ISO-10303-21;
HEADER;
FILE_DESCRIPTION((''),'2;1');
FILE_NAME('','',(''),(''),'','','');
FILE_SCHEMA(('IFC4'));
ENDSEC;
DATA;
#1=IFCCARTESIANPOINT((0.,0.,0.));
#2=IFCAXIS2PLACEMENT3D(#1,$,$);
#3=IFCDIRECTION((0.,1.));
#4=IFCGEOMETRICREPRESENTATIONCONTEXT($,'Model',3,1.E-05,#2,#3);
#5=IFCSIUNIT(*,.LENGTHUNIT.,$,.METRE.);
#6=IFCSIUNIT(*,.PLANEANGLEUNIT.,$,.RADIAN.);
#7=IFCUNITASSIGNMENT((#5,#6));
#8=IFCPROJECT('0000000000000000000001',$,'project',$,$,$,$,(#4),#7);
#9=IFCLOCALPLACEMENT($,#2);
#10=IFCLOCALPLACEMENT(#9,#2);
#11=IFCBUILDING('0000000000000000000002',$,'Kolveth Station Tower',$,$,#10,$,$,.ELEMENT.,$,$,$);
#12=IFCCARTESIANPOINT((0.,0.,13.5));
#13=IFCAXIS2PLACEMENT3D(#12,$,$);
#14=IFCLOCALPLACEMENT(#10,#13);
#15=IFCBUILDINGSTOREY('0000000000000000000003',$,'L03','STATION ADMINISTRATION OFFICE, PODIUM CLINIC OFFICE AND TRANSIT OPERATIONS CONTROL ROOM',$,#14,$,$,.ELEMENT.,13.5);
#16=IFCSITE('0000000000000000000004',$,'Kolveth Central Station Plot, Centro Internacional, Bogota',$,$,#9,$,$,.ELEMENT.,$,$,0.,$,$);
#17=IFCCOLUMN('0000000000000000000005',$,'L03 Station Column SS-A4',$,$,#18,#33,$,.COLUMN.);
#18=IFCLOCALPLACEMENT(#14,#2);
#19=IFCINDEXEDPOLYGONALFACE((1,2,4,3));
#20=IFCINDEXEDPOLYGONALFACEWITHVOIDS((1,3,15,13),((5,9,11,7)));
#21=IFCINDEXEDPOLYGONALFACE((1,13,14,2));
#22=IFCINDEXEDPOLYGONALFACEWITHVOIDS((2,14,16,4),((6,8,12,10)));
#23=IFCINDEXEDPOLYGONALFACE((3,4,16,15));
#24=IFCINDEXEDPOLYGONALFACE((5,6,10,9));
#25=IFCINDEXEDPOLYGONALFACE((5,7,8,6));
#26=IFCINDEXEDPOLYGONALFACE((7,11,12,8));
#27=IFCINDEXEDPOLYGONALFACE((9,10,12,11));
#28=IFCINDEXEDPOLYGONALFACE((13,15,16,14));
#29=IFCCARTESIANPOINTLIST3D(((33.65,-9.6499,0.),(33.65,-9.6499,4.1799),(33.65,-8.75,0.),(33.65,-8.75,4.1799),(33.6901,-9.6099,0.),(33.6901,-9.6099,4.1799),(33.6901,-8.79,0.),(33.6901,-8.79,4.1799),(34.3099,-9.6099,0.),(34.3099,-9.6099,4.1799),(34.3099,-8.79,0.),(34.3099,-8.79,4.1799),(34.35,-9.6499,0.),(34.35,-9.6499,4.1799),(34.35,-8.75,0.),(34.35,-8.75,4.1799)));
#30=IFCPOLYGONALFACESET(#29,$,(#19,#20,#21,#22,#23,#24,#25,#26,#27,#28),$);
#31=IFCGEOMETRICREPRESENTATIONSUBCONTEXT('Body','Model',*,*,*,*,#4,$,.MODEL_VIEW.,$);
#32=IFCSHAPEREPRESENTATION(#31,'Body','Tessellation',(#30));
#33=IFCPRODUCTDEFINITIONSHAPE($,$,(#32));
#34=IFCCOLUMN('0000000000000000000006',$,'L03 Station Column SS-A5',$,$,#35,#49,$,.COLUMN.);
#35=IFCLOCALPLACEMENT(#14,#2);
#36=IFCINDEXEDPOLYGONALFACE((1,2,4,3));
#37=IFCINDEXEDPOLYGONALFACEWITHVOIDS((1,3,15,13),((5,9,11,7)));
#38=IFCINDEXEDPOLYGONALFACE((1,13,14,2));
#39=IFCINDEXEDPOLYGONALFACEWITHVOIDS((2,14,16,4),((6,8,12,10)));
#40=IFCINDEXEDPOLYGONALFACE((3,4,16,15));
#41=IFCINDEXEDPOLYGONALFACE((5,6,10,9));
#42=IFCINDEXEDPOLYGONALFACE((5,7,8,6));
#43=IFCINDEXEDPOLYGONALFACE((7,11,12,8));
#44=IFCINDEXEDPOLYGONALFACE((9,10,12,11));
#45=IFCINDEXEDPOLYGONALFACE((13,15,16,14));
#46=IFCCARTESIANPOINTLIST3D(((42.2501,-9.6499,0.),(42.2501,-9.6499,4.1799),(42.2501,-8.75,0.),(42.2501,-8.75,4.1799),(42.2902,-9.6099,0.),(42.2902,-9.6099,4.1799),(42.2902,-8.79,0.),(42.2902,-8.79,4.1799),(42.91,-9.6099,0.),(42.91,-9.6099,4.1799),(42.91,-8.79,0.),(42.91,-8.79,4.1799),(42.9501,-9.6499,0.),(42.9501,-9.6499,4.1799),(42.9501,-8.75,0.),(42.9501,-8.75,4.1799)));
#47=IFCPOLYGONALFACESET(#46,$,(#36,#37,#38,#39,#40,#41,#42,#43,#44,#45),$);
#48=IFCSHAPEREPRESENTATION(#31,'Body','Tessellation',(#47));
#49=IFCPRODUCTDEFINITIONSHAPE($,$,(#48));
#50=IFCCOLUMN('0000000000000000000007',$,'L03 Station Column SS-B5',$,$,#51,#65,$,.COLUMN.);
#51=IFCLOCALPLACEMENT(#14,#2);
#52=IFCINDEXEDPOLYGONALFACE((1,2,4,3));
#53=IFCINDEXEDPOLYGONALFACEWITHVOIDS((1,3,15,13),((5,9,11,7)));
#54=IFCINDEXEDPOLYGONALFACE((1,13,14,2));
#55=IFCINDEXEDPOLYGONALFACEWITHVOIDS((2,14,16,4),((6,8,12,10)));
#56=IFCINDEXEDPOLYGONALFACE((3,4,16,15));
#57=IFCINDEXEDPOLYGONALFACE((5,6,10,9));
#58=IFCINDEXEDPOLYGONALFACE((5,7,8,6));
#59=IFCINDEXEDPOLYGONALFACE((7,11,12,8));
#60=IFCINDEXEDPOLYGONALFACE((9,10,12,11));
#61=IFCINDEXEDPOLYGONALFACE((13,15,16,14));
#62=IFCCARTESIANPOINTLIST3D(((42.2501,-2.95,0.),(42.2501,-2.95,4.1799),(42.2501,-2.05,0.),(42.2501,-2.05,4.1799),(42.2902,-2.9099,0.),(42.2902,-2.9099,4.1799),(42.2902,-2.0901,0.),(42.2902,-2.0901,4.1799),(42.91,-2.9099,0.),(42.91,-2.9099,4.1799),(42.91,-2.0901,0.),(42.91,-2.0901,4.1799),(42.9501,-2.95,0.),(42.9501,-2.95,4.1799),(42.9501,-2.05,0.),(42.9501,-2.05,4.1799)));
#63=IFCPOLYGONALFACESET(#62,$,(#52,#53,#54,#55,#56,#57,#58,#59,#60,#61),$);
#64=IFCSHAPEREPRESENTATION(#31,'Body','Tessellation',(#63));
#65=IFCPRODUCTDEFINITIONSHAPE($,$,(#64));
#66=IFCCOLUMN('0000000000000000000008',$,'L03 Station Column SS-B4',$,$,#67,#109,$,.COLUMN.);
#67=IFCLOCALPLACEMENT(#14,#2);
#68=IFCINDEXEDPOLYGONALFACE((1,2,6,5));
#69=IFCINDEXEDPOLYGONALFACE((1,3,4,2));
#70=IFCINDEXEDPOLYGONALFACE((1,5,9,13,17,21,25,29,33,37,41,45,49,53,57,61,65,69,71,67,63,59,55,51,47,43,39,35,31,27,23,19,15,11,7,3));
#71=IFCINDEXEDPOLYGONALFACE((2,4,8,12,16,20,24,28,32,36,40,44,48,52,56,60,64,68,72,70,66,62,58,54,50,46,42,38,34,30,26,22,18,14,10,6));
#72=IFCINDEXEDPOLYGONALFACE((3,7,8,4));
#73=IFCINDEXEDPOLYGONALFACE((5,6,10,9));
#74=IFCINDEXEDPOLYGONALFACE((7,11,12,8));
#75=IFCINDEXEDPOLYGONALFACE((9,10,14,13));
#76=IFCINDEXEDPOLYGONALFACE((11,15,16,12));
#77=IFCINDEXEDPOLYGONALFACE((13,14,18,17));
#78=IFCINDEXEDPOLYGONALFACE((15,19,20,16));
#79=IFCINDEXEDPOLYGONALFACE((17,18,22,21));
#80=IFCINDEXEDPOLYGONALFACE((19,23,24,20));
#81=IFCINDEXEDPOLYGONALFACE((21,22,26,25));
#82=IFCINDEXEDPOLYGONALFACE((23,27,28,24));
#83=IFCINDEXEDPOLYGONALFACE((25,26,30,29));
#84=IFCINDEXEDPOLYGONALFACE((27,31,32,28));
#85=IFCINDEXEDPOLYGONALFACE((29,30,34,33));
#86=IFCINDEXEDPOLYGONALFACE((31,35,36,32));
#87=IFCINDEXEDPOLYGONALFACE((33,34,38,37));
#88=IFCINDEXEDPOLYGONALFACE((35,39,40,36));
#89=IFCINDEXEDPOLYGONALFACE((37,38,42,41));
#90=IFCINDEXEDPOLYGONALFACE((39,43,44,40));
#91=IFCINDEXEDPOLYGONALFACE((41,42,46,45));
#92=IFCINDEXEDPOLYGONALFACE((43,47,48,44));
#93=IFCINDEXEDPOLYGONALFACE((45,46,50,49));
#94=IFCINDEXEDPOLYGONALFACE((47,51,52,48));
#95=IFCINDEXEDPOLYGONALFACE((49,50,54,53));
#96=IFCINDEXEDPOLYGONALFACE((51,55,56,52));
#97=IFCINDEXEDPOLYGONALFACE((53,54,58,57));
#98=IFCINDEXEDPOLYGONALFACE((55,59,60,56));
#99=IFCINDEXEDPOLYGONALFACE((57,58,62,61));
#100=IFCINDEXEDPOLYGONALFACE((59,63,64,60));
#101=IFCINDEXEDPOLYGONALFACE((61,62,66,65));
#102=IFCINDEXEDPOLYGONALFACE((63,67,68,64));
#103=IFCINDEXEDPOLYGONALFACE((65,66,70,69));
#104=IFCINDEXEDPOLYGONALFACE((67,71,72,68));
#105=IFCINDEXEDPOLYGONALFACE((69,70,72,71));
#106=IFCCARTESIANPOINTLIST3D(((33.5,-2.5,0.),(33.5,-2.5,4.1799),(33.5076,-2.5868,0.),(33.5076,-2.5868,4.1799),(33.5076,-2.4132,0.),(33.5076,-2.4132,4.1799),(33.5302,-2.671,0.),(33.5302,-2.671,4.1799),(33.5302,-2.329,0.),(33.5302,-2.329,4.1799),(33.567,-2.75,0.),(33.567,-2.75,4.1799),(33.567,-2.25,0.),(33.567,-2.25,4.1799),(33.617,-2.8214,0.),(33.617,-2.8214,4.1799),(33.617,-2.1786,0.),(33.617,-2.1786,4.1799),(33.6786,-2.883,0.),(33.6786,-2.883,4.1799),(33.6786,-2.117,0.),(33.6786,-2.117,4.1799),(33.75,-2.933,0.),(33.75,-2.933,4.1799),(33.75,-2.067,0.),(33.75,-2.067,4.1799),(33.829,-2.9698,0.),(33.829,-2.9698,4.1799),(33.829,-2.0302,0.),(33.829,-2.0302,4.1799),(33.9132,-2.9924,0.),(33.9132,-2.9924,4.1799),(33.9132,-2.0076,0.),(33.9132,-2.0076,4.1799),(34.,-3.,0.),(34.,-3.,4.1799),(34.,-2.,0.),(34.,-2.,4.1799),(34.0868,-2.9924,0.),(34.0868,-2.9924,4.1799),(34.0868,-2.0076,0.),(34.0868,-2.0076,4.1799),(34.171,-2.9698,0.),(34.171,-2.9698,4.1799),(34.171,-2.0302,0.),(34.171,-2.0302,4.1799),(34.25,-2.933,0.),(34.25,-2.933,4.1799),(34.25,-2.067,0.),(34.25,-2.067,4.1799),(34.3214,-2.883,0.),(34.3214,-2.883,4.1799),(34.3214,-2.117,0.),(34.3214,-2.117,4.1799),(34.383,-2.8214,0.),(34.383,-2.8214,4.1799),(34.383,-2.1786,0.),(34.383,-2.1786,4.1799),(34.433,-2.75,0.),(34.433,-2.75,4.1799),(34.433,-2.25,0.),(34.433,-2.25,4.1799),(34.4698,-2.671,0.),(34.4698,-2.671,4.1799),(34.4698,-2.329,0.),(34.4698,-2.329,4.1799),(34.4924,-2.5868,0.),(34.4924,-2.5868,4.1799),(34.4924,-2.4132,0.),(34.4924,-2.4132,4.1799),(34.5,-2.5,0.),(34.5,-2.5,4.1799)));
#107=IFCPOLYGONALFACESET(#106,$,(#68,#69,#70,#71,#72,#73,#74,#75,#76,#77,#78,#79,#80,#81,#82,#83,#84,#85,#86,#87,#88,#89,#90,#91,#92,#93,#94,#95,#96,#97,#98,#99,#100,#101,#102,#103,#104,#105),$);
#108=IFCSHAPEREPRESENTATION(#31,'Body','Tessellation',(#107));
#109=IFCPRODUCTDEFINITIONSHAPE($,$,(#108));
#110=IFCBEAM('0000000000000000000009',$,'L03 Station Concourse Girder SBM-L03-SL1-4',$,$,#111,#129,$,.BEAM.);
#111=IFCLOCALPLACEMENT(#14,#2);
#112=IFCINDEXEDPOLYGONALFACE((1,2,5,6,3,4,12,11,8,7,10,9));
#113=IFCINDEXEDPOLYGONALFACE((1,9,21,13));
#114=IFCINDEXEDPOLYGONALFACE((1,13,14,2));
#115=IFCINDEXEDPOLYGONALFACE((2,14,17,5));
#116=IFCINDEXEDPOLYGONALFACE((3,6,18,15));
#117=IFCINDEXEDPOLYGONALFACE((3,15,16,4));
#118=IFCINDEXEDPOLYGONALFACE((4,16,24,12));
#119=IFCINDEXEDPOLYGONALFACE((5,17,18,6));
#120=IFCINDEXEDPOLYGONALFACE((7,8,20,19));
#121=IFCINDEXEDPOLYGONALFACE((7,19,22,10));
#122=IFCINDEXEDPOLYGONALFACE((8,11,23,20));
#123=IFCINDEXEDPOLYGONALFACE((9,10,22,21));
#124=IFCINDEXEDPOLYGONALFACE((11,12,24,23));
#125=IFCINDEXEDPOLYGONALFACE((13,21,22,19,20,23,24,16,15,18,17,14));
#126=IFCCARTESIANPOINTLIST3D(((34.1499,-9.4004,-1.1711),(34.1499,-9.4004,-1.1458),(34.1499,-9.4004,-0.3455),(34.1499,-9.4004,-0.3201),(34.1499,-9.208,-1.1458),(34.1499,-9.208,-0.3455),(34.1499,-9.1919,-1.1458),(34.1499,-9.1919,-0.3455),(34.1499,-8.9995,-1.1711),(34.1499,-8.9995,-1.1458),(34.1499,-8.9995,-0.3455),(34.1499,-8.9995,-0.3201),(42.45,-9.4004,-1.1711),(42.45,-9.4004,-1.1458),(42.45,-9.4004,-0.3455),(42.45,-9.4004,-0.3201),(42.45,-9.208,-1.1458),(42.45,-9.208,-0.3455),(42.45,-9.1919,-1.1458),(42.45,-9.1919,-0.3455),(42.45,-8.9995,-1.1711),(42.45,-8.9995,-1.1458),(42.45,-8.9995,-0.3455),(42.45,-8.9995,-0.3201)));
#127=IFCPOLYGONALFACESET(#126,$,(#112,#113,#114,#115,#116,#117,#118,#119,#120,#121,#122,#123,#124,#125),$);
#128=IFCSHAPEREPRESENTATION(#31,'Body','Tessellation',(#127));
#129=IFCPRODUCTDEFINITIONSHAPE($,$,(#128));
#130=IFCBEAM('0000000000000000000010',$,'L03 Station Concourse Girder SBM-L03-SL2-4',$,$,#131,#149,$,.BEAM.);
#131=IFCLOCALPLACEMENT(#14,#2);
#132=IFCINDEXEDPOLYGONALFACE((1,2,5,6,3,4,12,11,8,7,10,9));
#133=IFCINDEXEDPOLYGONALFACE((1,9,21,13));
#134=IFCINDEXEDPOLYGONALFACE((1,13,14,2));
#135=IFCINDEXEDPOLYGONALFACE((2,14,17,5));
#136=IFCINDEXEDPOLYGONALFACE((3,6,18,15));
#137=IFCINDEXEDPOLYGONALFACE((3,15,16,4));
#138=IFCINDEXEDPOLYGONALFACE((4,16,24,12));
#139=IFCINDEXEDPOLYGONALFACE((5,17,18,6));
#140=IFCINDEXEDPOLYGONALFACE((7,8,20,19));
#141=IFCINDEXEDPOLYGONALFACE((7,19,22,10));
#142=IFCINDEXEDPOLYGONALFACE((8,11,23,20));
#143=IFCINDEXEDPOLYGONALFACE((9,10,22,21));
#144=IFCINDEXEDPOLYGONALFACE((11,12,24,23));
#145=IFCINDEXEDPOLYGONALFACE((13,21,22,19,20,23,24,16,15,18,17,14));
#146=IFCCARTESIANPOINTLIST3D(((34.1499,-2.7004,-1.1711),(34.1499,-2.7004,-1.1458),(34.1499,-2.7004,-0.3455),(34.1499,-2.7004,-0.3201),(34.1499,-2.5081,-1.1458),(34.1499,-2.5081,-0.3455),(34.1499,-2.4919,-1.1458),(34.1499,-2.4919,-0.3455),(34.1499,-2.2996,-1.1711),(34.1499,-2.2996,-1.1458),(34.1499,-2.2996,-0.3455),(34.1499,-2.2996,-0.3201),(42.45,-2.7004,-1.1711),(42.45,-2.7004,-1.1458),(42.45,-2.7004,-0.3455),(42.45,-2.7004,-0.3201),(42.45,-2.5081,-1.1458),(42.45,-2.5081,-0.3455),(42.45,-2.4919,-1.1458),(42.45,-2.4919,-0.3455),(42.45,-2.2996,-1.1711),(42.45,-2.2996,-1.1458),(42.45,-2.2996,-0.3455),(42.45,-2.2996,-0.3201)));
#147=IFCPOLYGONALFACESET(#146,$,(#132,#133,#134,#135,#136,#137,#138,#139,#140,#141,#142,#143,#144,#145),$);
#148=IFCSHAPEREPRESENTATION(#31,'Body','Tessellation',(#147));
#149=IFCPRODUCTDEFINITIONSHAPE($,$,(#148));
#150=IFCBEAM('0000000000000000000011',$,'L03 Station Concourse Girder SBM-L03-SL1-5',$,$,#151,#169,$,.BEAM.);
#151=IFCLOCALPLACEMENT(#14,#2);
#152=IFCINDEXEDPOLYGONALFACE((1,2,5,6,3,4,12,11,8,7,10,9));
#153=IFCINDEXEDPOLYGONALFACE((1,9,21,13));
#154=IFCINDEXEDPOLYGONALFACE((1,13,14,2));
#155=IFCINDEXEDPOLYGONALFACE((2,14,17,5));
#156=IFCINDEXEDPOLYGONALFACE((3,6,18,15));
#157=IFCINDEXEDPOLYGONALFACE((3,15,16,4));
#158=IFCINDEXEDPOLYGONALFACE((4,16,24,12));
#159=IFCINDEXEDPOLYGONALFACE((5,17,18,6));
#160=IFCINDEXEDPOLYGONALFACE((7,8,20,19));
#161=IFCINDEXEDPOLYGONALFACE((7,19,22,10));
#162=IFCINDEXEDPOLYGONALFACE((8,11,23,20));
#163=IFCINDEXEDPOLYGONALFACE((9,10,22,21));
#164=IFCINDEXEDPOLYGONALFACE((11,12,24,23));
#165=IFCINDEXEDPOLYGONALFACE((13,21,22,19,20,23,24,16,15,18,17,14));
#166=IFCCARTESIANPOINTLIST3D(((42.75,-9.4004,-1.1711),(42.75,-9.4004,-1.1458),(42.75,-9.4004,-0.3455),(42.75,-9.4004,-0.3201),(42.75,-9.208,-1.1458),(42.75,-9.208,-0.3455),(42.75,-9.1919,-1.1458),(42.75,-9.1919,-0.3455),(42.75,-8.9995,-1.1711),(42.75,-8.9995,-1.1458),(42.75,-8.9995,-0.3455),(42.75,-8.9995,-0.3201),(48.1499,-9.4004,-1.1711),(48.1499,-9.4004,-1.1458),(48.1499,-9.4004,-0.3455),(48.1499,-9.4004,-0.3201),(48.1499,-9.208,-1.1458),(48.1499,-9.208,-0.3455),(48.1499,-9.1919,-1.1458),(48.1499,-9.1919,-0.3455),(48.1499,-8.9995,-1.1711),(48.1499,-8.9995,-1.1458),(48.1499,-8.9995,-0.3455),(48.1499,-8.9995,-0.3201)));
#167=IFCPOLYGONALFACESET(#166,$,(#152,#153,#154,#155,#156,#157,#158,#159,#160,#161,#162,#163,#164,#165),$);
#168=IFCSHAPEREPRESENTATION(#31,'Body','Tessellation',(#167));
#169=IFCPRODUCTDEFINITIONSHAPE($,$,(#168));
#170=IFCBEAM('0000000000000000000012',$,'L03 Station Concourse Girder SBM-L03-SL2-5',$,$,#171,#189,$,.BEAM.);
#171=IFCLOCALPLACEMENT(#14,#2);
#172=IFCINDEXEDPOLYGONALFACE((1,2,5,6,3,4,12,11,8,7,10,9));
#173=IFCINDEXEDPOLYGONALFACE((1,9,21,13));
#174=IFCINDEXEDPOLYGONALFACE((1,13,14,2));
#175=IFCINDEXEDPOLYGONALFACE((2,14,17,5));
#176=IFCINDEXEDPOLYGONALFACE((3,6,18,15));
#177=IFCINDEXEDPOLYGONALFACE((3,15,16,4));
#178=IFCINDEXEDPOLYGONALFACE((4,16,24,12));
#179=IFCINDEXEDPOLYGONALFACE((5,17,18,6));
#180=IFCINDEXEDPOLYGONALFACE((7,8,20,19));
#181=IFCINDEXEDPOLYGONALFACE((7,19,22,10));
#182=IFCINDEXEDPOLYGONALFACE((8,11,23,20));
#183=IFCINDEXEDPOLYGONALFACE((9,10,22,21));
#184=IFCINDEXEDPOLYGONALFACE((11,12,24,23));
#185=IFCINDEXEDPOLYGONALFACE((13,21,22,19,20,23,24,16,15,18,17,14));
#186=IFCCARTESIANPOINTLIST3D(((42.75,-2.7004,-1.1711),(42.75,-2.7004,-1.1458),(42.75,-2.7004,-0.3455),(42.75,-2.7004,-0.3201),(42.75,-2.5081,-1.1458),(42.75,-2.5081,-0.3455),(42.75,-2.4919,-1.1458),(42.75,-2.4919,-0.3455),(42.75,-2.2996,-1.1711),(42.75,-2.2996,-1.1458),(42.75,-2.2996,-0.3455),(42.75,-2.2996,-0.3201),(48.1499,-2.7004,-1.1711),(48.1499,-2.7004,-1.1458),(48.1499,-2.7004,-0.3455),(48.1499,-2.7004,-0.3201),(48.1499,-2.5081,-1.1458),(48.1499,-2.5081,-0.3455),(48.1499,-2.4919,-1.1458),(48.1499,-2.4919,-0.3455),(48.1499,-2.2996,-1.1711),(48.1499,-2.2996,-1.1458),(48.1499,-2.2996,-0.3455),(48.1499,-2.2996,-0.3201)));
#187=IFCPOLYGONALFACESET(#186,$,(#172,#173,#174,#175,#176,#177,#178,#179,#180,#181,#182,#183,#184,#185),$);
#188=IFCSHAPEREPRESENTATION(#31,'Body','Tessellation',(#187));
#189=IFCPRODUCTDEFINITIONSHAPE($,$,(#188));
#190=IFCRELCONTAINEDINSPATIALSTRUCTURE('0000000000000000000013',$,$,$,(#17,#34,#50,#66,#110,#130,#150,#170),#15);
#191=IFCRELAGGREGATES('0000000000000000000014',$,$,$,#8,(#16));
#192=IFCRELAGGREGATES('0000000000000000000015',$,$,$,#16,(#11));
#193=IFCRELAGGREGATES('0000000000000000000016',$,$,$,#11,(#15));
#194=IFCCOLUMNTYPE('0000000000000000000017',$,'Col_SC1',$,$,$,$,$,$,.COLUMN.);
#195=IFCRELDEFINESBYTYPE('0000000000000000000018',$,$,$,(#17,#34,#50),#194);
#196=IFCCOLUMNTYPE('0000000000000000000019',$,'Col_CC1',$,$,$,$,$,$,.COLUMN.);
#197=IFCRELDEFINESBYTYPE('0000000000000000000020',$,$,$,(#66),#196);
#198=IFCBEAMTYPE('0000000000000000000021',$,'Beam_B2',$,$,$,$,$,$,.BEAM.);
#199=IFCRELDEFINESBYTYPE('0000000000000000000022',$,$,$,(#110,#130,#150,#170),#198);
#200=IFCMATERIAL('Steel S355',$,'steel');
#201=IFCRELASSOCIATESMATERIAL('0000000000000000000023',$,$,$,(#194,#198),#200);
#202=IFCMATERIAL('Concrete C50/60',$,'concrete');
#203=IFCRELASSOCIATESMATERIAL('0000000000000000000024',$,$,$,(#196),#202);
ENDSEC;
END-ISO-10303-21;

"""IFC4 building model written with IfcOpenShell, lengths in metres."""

from ifc_helpers import new_model, si_unit, direction, frame, origin, origin_2d, place, context, subcontext, project, spatial, hollow_rectangle, circle, i_section, extrude, source, transform, mapped, material, material_profile, profile_set, type_object, element, save


model = new_model("IFC4")

# Units and contexts
model_context = context("Model", 3, precision=1e-05, world=origin(), true_north=direction((0.0, 1.0)))
body_context = subcontext(model_context, "Body", "Model", "MODEL_VIEW")
ifc_project = project(units=[si_unit("LENGTHUNIT", "METRE"), si_unit("PLANEANGLEUNIT", "RADIAN")], contexts=[model_context])

# Site, building, storey
site_placement = place(None, origin())
site = spatial("IfcSite", under=ifc_project, at=site_placement, Name="Kolveth Central Station Plot, Centro Internacional, Bogota", CompositionType="ELEMENT", RefElevation=0.0)
building_placement = place(site_placement, origin())
building = spatial("IfcBuilding", under=site, at=building_placement, Name="Kolveth Station Tower", CompositionType="ELEMENT")
storey_placement = place(building_placement, frame((0.0, 0.0, 13.5)))
storey = spatial("IfcBuildingStorey", under=building, at=storey_placement, Name="L03", Description="STATION ADMINISTRATION OFFICE, PODIUM CLINIC OFFICE AND TRANSIT OPERATIONS CONTROL ROOM", CompositionType="ELEMENT", Elevation=13.5)

# Columns
ifc_material_1 = material(Name="Steel S355", Category="steel")
ifc_material_profile_1 = material_profile(ifc_material_1, hollow_rectangle(XDim=0.7, YDim=0.8999, WallThickness=0.04, at=origin_2d()), Name="BOX900x700x40")
ifc_profile_set_1 = profile_set([ifc_material_profile_1], Name="Steel S355")
column_type_1 = type_object("IfcColumnType", Name="Col_SC1", PredefinedType="COLUMN", material=ifc_profile_set_1)
shared_shape_1 = source(origin(), body_context, "Body", "SweptSolid", [
    extrude(hollow_rectangle(XDim=0.7, YDim=0.8999, WallThickness=0.04, at=origin_2d()), origin(), (0.0, 0.0, 1.0), 4.1799),
])
for number, where, z_axis, x_axis, name in (
    (1, (34.0, -9.2, 0.0), (0.0, 0.0, 1.0), (1.0, 0.0, 0.0), "L03 Station Column SS-A4"),
    (2, (42.6001, -9.2, 0.0), (0.0, 0.0, 1.0), (1.0, 0.0, 0.0), "L03 Station Column SS-A5"),
    (3, (42.6001, -2.5, 0.0), (0.0, 0.0, 1.0), (1.0, 0.0, 0.0), "L03 Station Column SS-B5"),
):
    element("IfcColumn", number, at=place(storey_placement, frame(where, z_axis=z_axis, x_axis=x_axis)), inside=storey, type_object=column_type_1, Name=name, PredefinedType="COLUMN", context=body_context, shape_type="MappedRepresentation", body=[
        mapped(shared_shape_1, transform((0.0, 0.0, 0.0), x_axis=(1.0, 0.0, 0.0), y_axis=(0.0, 1.0, 0.0), z_axis=(0.0, 0.0, 1.0), scale=1.0)),
    ])
ifc_material_2 = material(Name="Concrete C50/60", Category="concrete")
ifc_material_profile_2 = material_profile(ifc_material_2, circle(Radius=0.5, at=origin_2d()), Name="RC-D1000")
ifc_profile_set_2 = profile_set([ifc_material_profile_2], Name="Concrete C50/60")
column_type_2 = type_object("IfcColumnType", Name="Col_CC1", PredefinedType="COLUMN", material=ifc_profile_set_2)
shared_shape_2 = source(origin(), body_context, "Body", "SweptSolid", [
    extrude(circle(Radius=0.5, at=origin_2d()), origin(), (0.0, 0.0, 1.0), 4.1799),
])
column_placement = place(storey_placement, frame((34.0, -2.5, 0.0), z_axis=(0.0, 0.0, 1.0), x_axis=(1.0, 0.0, 0.0)))
element("IfcColumn", 4, at=column_placement, inside=storey, type_object=column_type_2, Name="L03 Station Column SS-B4", PredefinedType="COLUMN", context=body_context, shape_type="MappedRepresentation", body=[
    mapped(shared_shape_2, transform((0.0, 0.0, 0.0), x_axis=(1.0, 0.0, 0.0), y_axis=(0.0, 1.0, 0.0), z_axis=(0.0, 0.0, 1.0), scale=1.0)),
])

# Beams
ifc_material_profile_3 = material_profile(ifc_material_1, i_section(OverallWidth=0.4009, OverallDepth=0.8511, WebThickness=0.0161, FlangeThickness=0.0254, at=origin_2d()), Name="W840x226")
ifc_profile_set_3 = profile_set([ifc_material_profile_3], Name="Steel S355")
beam_type_1 = type_object("IfcBeamType", Name="Beam_B2", PredefinedType="BEAM", material=ifc_profile_set_3)
shared_shape_3 = source(origin(), body_context, "Body", "SweptSolid", [
    extrude(i_section(OverallWidth=0.4009, OverallDepth=0.8511, WebThickness=0.0161, FlangeThickness=0.0254, at=origin_2d()), origin(), (0.0, 0.0, 1.0), 8.3),
])
for number, where, z_axis, x_axis, name in (
    (5, (34.1499, -9.2, -0.7456), (1.0, 0.0, 0.0), (0.0, 1.0, 0.0), "L03 Station Concourse Girder SBM-L03-SL1-4"),
    (6, (34.1499, -2.5, -0.7456), (1.0, 0.0, 0.0), (0.0, 1.0, 0.0), "L03 Station Concourse Girder SBM-L03-SL2-4"),
):
    element("IfcBeam", number, at=place(storey_placement, frame(where, z_axis=z_axis, x_axis=x_axis)), inside=storey, type_object=beam_type_1, Name=name, PredefinedType="BEAM", context=body_context, shape_type="MappedRepresentation", body=[
        mapped(shared_shape_3, transform((0.0, 0.0, 0.0), x_axis=(1.0, 0.0, 0.0), y_axis=(0.0, 1.0, 0.0), z_axis=(0.0, 0.0, 1.0), scale=1.0)),
    ])
shared_shape_4 = source(origin(), body_context, "Body", "SweptSolid", [
    extrude(i_section(OverallWidth=0.4009, OverallDepth=0.8511, WebThickness=0.0161, FlangeThickness=0.0254, at=origin_2d()), origin(), (0.0, 0.0, 1.0), 5.3999),
])
for number, where, z_axis, x_axis, name in (
    (7, (42.75, -9.2, -0.7456), (1.0, 0.0, 0.0), (0.0, 1.0, 0.0), "L03 Station Concourse Girder SBM-L03-SL1-5"),
    (8, (42.75, -2.5, -0.7456), (1.0, 0.0, 0.0), (0.0, 1.0, 0.0), "L03 Station Concourse Girder SBM-L03-SL2-5"),
):
    element("IfcBeam", number, at=place(storey_placement, frame(where, z_axis=z_axis, x_axis=x_axis)), inside=storey, type_object=beam_type_1, Name=name, PredefinedType="BEAM", context=body_context, shape_type="MappedRepresentation", body=[
        mapped(shared_shape_4, transform((0.0, 0.0, 0.0), x_axis=(1.0, 0.0, 0.0), y_axis=(0.0, 1.0, 0.0), z_axis=(0.0, 0.0, 1.0), scale=1.0)),
    ])

save(model, "model.ifc")
